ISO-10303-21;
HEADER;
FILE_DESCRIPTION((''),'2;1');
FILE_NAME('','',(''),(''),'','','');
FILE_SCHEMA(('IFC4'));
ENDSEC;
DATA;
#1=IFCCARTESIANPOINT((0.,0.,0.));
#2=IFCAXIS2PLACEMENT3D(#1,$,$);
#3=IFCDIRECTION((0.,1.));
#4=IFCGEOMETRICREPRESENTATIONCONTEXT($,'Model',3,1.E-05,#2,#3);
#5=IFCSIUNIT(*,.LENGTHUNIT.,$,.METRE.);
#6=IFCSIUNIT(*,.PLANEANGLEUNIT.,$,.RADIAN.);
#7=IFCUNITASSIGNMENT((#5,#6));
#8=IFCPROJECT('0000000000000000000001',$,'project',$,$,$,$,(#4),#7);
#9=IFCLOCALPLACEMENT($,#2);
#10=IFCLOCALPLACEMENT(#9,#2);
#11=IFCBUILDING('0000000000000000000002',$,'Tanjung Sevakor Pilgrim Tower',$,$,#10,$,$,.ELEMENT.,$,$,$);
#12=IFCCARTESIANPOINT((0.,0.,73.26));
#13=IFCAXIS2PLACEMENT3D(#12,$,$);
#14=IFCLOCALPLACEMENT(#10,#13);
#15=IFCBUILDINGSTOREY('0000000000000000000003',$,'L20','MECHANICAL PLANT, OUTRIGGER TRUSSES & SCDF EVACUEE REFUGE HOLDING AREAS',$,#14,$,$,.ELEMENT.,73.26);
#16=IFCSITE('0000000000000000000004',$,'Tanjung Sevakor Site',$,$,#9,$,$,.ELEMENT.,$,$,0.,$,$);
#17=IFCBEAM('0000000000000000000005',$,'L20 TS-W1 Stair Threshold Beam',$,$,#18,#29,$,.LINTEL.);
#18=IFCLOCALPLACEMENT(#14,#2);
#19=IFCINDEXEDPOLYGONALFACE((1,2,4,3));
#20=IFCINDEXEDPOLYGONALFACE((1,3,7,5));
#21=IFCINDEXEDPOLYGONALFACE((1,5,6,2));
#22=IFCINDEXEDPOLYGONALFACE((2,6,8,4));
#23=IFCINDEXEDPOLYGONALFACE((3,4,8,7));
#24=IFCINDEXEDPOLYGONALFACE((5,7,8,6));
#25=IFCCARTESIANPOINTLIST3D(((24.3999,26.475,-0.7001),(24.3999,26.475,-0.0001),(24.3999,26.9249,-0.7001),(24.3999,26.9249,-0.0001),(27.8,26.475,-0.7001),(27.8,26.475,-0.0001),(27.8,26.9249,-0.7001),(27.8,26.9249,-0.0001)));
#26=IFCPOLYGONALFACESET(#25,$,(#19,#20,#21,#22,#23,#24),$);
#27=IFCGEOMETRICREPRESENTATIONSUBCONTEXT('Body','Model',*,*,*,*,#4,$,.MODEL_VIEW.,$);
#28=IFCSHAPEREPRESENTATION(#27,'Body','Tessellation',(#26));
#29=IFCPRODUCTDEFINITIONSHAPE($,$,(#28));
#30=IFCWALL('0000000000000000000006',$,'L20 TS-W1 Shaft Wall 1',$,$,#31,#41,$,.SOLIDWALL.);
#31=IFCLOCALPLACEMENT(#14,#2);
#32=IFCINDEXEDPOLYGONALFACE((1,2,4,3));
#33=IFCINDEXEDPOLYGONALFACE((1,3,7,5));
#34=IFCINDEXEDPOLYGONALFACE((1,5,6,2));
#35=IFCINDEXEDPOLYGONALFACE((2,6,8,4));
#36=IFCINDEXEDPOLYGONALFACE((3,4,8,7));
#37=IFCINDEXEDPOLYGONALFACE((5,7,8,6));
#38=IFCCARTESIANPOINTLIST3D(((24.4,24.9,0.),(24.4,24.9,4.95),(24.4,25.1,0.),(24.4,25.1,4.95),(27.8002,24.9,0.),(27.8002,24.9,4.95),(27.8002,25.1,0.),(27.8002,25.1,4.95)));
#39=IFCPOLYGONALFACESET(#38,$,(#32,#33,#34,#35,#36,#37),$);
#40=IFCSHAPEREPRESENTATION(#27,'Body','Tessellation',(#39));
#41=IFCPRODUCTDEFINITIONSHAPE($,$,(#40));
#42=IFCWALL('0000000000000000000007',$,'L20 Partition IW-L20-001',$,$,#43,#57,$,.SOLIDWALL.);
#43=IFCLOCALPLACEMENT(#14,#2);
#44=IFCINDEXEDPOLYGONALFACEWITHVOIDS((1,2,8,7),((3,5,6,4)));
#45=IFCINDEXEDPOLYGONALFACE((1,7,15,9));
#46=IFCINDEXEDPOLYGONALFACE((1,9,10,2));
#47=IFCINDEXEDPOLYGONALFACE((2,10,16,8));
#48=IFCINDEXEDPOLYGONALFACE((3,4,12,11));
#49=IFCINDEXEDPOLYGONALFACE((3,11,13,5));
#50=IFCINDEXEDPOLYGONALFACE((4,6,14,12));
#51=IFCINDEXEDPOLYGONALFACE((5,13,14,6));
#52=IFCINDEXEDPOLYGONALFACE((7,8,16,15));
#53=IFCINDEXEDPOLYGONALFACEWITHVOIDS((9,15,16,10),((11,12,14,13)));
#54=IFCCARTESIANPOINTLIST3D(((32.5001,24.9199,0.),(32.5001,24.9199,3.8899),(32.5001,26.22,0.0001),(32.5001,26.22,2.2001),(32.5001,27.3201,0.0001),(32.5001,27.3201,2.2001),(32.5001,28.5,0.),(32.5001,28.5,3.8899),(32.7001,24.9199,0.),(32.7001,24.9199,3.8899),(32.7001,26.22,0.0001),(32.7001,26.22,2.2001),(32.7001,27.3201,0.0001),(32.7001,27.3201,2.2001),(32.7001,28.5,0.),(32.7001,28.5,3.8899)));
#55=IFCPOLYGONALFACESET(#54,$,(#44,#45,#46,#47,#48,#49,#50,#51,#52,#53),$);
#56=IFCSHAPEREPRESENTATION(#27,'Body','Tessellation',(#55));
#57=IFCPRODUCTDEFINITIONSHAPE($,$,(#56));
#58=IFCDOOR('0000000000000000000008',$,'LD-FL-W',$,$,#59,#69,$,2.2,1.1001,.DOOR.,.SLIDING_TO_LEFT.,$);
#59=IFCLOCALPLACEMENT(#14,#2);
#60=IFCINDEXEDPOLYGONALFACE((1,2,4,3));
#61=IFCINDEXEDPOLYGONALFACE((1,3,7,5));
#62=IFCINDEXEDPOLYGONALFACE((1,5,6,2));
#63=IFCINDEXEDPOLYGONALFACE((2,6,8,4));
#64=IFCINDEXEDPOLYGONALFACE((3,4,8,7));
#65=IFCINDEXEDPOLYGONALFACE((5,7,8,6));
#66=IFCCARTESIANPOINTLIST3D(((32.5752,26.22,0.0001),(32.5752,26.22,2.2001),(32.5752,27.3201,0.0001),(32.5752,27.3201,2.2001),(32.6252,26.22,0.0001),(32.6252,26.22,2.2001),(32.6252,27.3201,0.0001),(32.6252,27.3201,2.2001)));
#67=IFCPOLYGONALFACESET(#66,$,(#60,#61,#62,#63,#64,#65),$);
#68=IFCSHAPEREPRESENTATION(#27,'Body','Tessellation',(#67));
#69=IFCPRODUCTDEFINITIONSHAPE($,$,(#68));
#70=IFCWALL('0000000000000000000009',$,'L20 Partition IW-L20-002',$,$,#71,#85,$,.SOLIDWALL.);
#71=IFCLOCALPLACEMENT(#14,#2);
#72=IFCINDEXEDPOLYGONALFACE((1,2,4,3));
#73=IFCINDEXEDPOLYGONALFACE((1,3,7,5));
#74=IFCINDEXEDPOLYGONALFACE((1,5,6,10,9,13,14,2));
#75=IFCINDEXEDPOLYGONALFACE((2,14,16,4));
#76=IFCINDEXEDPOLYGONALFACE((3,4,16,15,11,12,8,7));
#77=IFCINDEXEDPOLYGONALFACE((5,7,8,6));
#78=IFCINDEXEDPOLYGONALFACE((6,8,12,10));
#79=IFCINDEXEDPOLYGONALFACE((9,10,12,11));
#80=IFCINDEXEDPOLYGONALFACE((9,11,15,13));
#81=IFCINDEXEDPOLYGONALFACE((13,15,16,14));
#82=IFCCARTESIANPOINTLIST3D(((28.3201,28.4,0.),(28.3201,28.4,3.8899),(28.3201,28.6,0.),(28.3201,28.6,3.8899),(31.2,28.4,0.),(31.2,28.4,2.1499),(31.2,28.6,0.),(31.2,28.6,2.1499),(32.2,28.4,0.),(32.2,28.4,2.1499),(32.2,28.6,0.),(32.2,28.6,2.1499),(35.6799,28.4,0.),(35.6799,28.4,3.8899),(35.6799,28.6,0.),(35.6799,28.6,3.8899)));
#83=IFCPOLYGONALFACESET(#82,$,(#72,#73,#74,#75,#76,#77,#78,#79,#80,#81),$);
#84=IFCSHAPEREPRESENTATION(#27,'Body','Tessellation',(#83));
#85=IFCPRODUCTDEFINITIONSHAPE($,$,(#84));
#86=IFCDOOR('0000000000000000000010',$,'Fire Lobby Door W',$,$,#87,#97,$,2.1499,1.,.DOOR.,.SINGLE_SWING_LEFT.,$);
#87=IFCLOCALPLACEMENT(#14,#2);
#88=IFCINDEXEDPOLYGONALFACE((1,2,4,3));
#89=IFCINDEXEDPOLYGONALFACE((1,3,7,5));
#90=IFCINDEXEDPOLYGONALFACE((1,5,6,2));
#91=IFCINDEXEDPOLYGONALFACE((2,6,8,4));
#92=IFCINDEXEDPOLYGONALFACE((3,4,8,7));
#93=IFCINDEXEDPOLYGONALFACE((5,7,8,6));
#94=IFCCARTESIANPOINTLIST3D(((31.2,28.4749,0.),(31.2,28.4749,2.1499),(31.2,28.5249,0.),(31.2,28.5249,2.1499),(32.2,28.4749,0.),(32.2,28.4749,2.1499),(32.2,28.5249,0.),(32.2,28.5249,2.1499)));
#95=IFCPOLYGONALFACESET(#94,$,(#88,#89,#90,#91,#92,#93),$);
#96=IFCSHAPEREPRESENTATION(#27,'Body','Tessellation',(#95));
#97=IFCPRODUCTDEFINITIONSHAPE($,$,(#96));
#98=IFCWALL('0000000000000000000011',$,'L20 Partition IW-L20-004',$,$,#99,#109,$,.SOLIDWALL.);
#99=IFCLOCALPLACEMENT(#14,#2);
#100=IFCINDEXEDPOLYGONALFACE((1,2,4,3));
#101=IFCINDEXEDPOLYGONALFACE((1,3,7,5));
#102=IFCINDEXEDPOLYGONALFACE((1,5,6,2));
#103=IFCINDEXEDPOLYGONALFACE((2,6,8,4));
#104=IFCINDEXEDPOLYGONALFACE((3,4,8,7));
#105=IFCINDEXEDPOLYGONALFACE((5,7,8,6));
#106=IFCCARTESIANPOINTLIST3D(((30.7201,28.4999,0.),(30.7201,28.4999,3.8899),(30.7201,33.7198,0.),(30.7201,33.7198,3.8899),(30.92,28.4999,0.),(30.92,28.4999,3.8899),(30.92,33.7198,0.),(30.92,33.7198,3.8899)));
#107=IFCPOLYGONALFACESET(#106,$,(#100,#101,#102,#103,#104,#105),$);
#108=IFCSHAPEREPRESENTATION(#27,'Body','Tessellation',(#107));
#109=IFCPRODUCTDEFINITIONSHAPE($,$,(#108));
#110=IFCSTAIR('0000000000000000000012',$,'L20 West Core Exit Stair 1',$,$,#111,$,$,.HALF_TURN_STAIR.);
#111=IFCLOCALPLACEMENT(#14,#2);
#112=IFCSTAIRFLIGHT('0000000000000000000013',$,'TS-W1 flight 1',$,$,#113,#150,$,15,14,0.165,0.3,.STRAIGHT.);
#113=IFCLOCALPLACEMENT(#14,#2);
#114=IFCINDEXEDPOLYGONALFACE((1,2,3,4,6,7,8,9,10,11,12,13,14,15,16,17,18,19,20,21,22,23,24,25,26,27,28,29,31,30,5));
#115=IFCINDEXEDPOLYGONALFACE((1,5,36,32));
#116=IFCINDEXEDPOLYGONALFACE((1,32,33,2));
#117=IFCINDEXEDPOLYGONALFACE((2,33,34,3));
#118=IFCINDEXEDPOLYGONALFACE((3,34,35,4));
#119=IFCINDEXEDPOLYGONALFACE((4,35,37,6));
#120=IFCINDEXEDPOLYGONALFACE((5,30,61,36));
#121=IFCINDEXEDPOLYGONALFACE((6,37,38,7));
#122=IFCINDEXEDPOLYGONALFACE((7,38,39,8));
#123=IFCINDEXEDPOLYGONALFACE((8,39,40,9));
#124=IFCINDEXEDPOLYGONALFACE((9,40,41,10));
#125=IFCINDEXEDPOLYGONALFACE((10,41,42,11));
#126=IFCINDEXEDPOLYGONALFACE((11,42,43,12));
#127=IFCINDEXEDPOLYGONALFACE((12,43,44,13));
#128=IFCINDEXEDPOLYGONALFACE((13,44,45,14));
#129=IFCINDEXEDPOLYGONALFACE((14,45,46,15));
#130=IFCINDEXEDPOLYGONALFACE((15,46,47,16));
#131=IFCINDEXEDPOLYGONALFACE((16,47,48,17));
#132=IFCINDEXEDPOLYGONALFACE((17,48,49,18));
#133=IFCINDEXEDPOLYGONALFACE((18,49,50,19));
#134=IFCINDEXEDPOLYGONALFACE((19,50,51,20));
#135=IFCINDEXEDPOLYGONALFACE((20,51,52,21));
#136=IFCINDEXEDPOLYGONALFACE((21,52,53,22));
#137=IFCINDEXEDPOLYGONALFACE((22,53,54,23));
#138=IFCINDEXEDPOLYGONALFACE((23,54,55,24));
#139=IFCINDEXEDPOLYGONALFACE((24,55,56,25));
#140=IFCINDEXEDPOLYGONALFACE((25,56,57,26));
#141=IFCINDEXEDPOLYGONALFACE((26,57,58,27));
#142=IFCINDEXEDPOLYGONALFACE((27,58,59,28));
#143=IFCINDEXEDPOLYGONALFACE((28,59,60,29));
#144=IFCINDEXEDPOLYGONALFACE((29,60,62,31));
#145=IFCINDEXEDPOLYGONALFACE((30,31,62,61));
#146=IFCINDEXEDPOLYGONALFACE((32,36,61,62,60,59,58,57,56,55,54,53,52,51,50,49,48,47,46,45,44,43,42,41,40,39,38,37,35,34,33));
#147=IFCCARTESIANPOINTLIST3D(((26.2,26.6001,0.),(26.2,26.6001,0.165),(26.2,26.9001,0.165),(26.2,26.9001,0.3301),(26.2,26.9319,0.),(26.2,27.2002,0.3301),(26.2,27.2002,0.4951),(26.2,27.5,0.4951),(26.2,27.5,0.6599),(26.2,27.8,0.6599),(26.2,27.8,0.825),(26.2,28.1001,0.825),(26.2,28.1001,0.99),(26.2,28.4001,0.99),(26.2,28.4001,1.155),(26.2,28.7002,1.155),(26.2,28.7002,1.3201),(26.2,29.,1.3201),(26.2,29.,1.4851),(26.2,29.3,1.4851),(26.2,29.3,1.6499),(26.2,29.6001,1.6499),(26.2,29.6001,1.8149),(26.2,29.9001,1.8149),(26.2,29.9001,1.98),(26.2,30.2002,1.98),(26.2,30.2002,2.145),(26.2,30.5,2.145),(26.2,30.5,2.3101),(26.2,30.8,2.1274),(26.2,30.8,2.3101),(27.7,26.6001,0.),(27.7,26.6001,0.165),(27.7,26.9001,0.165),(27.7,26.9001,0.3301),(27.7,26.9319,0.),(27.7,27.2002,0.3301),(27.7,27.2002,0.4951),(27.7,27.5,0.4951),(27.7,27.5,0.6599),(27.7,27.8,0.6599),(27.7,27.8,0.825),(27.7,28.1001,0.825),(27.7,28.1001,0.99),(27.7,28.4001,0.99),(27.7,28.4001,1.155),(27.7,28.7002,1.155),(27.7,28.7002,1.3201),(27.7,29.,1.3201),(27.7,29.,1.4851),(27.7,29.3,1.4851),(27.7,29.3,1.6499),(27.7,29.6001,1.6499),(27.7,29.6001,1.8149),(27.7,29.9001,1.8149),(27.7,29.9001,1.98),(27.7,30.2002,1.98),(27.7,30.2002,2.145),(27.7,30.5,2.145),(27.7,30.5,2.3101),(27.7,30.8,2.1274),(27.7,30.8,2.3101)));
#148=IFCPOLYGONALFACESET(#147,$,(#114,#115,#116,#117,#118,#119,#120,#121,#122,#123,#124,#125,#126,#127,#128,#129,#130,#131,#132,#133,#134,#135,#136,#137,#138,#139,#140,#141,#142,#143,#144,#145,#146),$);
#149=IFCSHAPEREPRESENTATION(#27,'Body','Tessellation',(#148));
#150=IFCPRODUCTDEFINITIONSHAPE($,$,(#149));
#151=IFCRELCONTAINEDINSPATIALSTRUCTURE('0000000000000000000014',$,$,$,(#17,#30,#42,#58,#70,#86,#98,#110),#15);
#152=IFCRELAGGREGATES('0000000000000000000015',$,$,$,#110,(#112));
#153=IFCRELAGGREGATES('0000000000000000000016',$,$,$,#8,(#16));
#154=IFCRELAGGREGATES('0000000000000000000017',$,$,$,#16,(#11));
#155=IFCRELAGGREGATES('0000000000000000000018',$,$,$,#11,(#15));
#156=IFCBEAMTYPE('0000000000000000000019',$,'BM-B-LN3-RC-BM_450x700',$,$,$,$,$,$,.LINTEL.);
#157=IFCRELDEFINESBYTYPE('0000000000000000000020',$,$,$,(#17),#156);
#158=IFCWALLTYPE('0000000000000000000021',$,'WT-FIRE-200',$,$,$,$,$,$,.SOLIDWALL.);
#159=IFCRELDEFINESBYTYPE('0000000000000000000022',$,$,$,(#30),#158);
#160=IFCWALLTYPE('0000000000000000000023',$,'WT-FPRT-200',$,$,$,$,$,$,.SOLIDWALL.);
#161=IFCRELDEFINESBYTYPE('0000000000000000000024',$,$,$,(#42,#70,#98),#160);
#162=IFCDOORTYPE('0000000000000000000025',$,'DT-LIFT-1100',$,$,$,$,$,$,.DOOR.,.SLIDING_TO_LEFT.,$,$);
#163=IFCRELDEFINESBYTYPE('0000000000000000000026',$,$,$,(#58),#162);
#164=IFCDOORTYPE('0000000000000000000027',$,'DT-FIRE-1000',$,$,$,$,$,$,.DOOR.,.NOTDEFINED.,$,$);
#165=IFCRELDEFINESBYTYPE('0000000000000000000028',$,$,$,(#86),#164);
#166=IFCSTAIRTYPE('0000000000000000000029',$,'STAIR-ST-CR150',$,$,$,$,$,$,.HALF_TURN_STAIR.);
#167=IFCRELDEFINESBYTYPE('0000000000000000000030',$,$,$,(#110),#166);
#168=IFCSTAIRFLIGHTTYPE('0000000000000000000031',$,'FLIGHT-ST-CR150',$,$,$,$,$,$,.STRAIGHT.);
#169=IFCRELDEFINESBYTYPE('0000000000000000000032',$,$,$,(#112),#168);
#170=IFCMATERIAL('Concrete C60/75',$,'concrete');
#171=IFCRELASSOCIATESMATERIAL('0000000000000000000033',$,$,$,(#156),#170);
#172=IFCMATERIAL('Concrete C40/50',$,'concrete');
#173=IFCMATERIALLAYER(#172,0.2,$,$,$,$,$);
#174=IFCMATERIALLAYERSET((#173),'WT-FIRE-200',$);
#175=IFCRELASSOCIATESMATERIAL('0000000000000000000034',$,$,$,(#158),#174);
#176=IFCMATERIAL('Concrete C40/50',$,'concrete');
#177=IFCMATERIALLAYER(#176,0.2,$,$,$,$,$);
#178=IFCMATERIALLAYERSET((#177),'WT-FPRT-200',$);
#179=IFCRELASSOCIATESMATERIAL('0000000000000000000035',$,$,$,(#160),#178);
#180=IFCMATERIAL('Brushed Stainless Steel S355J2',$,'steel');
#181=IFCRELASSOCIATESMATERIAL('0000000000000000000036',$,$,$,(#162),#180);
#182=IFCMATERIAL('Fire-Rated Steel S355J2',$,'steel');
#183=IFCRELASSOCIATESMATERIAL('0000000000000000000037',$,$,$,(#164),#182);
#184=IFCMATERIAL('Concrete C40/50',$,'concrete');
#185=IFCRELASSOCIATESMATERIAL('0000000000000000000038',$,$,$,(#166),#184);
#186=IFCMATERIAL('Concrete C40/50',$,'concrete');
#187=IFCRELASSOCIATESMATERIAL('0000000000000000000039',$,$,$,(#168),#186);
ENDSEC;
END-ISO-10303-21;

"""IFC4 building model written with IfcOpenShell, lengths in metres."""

from ifc_helpers import new_model, si_unit, direction, frame, frame_2d, origin, origin_2d, place, context, subcontext, project, spatial, polyline, rectangle, outline, extrude, material, layer, layer_set, material_profile, profile_set, type_object, element, fill, aggregate, save


model = new_model("IFC4")

# Units and contexts
model_context = context("Model", 3, precision=1e-05, world=origin(), true_north=direction((0.0, 1.0)))
body_context = subcontext(model_context, "Body", "Model", "MODEL_VIEW")
ifc_project = project(units=[si_unit("LENGTHUNIT", "METRE"), si_unit("PLANEANGLEUNIT", "RADIAN")], contexts=[model_context])

# Site, building, storey
site_placement = place(None, origin())
site = spatial("IfcSite", under=ifc_project, at=site_placement, Name="Tanjung Sevakor Site", CompositionType="ELEMENT", RefElevation=0.0)
building_placement = place(site_placement, origin())
building = spatial("IfcBuilding", under=site, at=building_placement, Name="Tanjung Sevakor Pilgrim Tower", CompositionType="ELEMENT")
storey_placement = place(building_placement, frame((0.0, 0.0, 73.26)))
storey = spatial("IfcBuildingStorey", under=building, at=storey_placement, Name="L20", Description="MECHANICAL PLANT, OUTRIGGER TRUSSES & SCDF EVACUEE REFUGE HOLDING AREAS", CompositionType="ELEMENT", Elevation=73.26)

# Beam
ifc_material_1 = material(Name="Concrete C60/75", Category="concrete")
ifc_material_profile = material_profile(ifc_material_1, rectangle(XDim=0.45, YDim=0.7, at=origin_2d()))
ifc_profile_set = profile_set([ifc_material_profile], Name="Concrete C60/75")
beam_type = type_object("IfcBeamType", Name="BM-B-LN3-RC-BM_450x700", PredefinedType="LINTEL", material=ifc_profile_set)
beam_placement = place(storey_placement, frame((24.3999, 26.7, -0.3501), z_axis=(1.0, 0.0, 0.0), x_axis=(0.0, 1.0, 0.0)))
element("IfcBeam", 1, at=beam_placement, inside=storey, type_object=beam_type, Name="L20 TS-W1 Stair Threshold Beam", PredefinedType="LINTEL", context=body_context, shape_type="SweptSolid", body=[
    extrude(rectangle(XDim=0.45, YDim=0.7, at=origin_2d()), origin(), (0.0, 0.0, 1.0), 3.4001),
])

# Wall
ifc_material_2 = material(Name="Concrete C40/50", Category="concrete")
ifc_layer_1 = layer(ifc_material_2, 0.2)
ifc_layer_set_1 = layer_set([ifc_layer_1], Name="WT-FIRE-200")
wall_type_1 = type_object("IfcWallType", Name="WT-FIRE-200", PredefinedType="SOLIDWALL", material=ifc_layer_set_1)
wall_1_placement = place(storey_placement, frame((24.3999, 25.0, 0.0), z_axis=(0.0, 0.0, 1.0), x_axis=(1.0, 0.0, 0.0)))
element("IfcWall", 2, at=wall_1_placement, inside=storey, type_object=wall_type_1, Name="L20 TS-W1 Shaft Wall 1", PredefinedType="SOLIDWALL", context=body_context, shape_type="SweptSolid", body=[
    extrude(rectangle(XDim=3.4001, YDim=0.2, at=frame_2d((1.7002, 0.0))), origin(), (0.0, 0.0, 1.0), 4.95),
])

# Walls, openings, doors
ifc_material_3 = material(Name="Concrete C40/50", Category="concrete")
ifc_layer_2 = layer(ifc_material_3, 0.2)
ifc_layer_set_2 = layer_set([ifc_layer_2], Name="WT-FPRT-200")
wall_type_2 = type_object("IfcWallType", Name="WT-FPRT-200", PredefinedType="SOLIDWALL", material=ifc_layer_set_2)
wall_2_placement = place(storey_placement, frame((32.6001, 24.9199, 0.0), z_axis=(0.0, 0.0, 1.0), x_axis=(0.0, 1.0, 0.0)))
wall_2 = element("IfcWall", 3, at=wall_2_placement, inside=storey, type_object=wall_type_2, Name="L20 Partition IW-L20-001", PredefinedType="SOLIDWALL", context=body_context, shape_type="SweptSolid", body=[
    extrude(rectangle(XDim=3.5801, YDim=0.2, at=frame_2d((1.79, 0.0))), origin(), (0.0, 0.0, 1.0), 3.8899),
])
opening_1_placement = place(wall_2_placement, frame((1.3, 0.0, 0.0)))
opening_1 = element("IfcOpeningElement", 4, at=opening_1_placement, cuts=wall_2, PredefinedType="OPENING", context=body_context, shape_type="SweptSolid", body=[
    extrude(rectangle(XDim=1.1001, YDim=2.2, at=frame_2d((0.55, 1.1001))), frame((0.0, 0.1099, 0.0), z_axis=(0.0, -1.0, 0.0), x_axis=(1.0, 0.0, 0.0)), (0.0, 0.0, 1.0), 0.22),
])
ifc_material_4 = material(Name="Brushed Stainless Steel S355J2", Category="steel")
door_type_1 = type_object("IfcDoorType", Name="DT-LIFT-1100", OperationType="SLIDING_TO_LEFT", PredefinedType="DOOR", material=ifc_material_4)
door_1_placement = place(opening_1_placement, origin())
door_1 = element("IfcDoor", 5, at=door_1_placement, inside=storey, type_object=door_type_1, Name="LD-FL-W", OperationType="SLIDING_TO_LEFT", OverallHeight=2.2, OverallWidth=1.1001, PredefinedType="DOOR", context=body_context, shape_type="SweptSolid", body=[
    extrude(rectangle(XDim=1.1001, YDim=2.2, at=frame_2d((0.55, 1.1001))), frame((0.0, 0.0249, 0.0), z_axis=(0.0, -1.0, 0.0), x_axis=(1.0, 0.0, 0.0)), (0.0, 0.0, 1.0), 0.05),
])
fill(opening_1, door_1)
wall_3_placement = place(storey_placement, frame((28.3201, 28.5, 0.0), z_axis=(0.0, 0.0, 1.0), x_axis=(1.0, 0.0, 0.0)))
wall_3 = element("IfcWall", 6, at=wall_3_placement, inside=storey, type_object=wall_type_2, Name="L20 Partition IW-L20-002", PredefinedType="SOLIDWALL", context=body_context, shape_type="SweptSolid", body=[
    extrude(rectangle(XDim=7.3599, YDim=0.2, at=frame_2d((3.6799, 0.0))), origin(), (0.0, 0.0, 1.0), 3.8899),
])
opening_2_placement = place(wall_3_placement, frame((2.8799, 0.0, 0.0)))
opening_2 = element("IfcOpeningElement", 7, at=opening_2_placement, cuts=wall_3, PredefinedType="OPENING", context=body_context, shape_type="SweptSolid", body=[
    extrude(rectangle(XDim=1.0, YDim=2.1499, at=frame_2d((0.5, 1.075))), frame((0.0, 0.1099, 0.0), z_axis=(0.0, -1.0, 0.0), x_axis=(1.0, 0.0, 0.0)), (0.0, 0.0, 1.0), 0.22),
])
ifc_material_5 = material(Name="Fire-Rated Steel S355J2", Category="steel")
door_type_2 = type_object("IfcDoorType", Name="DT-FIRE-1000", OperationType="NOTDEFINED", PredefinedType="DOOR", material=ifc_material_5)
door_2_placement = place(opening_2_placement, origin())
door_2 = element("IfcDoor", 8, at=door_2_placement, inside=storey, type_object=door_type_2, Name="Fire Lobby Door W", OperationType="SINGLE_SWING_LEFT", OverallHeight=2.1499, OverallWidth=1.0, PredefinedType="DOOR", context=body_context, shape_type="SweptSolid", body=[
    extrude(rectangle(XDim=1.0, YDim=2.1499, at=frame_2d((0.5, 1.075))), frame((0.0, 0.0249, 0.0), z_axis=(0.0, -1.0, 0.0), x_axis=(1.0, 0.0, 0.0)), (0.0, 0.0, 1.0), 0.05),
])
fill(opening_2, door_2)

# Wall
wall_4_placement = place(storey_placement, frame((30.8201, 28.5, 0.0), z_axis=(0.0, 0.0, 1.0), x_axis=(0.0, 1.0, 0.0)))
element("IfcWall", 9, at=wall_4_placement, inside=storey, type_object=wall_type_2, Name="L20 Partition IW-L20-004", PredefinedType="SOLIDWALL", context=body_context, shape_type="SweptSolid", body=[
    extrude(rectangle(XDim=5.22, YDim=0.2, at=frame_2d((2.6099, 0.0))), origin(), (0.0, 0.0, 1.0), 3.8899),
])

# Stair, stair flight
ifc_material_6 = material(Name="Concrete C40/50", Category="concrete")
stair_type = type_object("IfcStairType", Name="STAIR-ST-CR150", PredefinedType="HALF_TURN_STAIR", material=ifc_material_6)
stair_placement = place(storey_placement, origin())
stair = element("IfcStair", 10, at=stair_placement, inside=storey, type_object=stair_type, Name="L20 West Core Exit Stair 1", PredefinedType="HALF_TURN_STAIR")
ifc_material_7 = material(Name="Concrete C40/50", Category="concrete")
stair_flight_type = type_object("IfcStairFlightType", Name="FLIGHT-ST-CR150", PredefinedType="STRAIGHT", material=ifc_material_7)
stair_flight_1_placement = place(storey_placement, frame((26.95, 26.6001, 0.0), z_axis=(0.0, 0.0, 1.0), x_axis=(0.0, 1.0, 0.0)))
stair_flight_1 = element("IfcStairFlight", 11, at=stair_flight_1_placement, type_object=stair_flight_type, Name="TS-W1 flight 1", NumberOfRisers=15, NumberOfTreads=14, PredefinedType="STRAIGHT", RiserHeight=0.165, TreadLength=0.3, context=body_context, shape_type="SweptSolid", body=[
    extrude(outline(polyline([(0.0, 0.0), (0.0, 0.165), (0.3, 0.165), (0.3, 0.3301), (0.6001, 0.3301), (0.6001, 0.4951), (0.8999, 0.4951), (0.8999, 0.6599), (1.2, 0.6599), (1.2, 0.825), (1.5, 0.825), (1.5, 0.99), (1.8, 0.99), (1.8, 1.155), (2.1001, 1.155), (2.1001, 1.3201), (2.3999, 1.3201), (2.3999, 1.4851), (2.7, 1.4851), (2.7, 1.6499), (3.0, 1.6499), (3.0, 1.8149), (3.3, 1.8149), (3.3, 1.98), (3.6001, 1.98), (3.6001, 2.145), (3.8999, 2.145), (3.8999, 2.3101), (4.2, 2.3101), (4.2, 2.4751), (4.2, 2.1274), (0.3318, 0.0), (0.0, 0.0)])), frame((0.0, 0.75, 0.0), z_axis=(0.0, -1.0, 0.0), x_axis=(1.0, 0.0, 0.0)), (0.0, 0.0, 1.0), 1.5),
])
aggregate(stair, [stair_flight_1])

save(model, "model.ifc")
